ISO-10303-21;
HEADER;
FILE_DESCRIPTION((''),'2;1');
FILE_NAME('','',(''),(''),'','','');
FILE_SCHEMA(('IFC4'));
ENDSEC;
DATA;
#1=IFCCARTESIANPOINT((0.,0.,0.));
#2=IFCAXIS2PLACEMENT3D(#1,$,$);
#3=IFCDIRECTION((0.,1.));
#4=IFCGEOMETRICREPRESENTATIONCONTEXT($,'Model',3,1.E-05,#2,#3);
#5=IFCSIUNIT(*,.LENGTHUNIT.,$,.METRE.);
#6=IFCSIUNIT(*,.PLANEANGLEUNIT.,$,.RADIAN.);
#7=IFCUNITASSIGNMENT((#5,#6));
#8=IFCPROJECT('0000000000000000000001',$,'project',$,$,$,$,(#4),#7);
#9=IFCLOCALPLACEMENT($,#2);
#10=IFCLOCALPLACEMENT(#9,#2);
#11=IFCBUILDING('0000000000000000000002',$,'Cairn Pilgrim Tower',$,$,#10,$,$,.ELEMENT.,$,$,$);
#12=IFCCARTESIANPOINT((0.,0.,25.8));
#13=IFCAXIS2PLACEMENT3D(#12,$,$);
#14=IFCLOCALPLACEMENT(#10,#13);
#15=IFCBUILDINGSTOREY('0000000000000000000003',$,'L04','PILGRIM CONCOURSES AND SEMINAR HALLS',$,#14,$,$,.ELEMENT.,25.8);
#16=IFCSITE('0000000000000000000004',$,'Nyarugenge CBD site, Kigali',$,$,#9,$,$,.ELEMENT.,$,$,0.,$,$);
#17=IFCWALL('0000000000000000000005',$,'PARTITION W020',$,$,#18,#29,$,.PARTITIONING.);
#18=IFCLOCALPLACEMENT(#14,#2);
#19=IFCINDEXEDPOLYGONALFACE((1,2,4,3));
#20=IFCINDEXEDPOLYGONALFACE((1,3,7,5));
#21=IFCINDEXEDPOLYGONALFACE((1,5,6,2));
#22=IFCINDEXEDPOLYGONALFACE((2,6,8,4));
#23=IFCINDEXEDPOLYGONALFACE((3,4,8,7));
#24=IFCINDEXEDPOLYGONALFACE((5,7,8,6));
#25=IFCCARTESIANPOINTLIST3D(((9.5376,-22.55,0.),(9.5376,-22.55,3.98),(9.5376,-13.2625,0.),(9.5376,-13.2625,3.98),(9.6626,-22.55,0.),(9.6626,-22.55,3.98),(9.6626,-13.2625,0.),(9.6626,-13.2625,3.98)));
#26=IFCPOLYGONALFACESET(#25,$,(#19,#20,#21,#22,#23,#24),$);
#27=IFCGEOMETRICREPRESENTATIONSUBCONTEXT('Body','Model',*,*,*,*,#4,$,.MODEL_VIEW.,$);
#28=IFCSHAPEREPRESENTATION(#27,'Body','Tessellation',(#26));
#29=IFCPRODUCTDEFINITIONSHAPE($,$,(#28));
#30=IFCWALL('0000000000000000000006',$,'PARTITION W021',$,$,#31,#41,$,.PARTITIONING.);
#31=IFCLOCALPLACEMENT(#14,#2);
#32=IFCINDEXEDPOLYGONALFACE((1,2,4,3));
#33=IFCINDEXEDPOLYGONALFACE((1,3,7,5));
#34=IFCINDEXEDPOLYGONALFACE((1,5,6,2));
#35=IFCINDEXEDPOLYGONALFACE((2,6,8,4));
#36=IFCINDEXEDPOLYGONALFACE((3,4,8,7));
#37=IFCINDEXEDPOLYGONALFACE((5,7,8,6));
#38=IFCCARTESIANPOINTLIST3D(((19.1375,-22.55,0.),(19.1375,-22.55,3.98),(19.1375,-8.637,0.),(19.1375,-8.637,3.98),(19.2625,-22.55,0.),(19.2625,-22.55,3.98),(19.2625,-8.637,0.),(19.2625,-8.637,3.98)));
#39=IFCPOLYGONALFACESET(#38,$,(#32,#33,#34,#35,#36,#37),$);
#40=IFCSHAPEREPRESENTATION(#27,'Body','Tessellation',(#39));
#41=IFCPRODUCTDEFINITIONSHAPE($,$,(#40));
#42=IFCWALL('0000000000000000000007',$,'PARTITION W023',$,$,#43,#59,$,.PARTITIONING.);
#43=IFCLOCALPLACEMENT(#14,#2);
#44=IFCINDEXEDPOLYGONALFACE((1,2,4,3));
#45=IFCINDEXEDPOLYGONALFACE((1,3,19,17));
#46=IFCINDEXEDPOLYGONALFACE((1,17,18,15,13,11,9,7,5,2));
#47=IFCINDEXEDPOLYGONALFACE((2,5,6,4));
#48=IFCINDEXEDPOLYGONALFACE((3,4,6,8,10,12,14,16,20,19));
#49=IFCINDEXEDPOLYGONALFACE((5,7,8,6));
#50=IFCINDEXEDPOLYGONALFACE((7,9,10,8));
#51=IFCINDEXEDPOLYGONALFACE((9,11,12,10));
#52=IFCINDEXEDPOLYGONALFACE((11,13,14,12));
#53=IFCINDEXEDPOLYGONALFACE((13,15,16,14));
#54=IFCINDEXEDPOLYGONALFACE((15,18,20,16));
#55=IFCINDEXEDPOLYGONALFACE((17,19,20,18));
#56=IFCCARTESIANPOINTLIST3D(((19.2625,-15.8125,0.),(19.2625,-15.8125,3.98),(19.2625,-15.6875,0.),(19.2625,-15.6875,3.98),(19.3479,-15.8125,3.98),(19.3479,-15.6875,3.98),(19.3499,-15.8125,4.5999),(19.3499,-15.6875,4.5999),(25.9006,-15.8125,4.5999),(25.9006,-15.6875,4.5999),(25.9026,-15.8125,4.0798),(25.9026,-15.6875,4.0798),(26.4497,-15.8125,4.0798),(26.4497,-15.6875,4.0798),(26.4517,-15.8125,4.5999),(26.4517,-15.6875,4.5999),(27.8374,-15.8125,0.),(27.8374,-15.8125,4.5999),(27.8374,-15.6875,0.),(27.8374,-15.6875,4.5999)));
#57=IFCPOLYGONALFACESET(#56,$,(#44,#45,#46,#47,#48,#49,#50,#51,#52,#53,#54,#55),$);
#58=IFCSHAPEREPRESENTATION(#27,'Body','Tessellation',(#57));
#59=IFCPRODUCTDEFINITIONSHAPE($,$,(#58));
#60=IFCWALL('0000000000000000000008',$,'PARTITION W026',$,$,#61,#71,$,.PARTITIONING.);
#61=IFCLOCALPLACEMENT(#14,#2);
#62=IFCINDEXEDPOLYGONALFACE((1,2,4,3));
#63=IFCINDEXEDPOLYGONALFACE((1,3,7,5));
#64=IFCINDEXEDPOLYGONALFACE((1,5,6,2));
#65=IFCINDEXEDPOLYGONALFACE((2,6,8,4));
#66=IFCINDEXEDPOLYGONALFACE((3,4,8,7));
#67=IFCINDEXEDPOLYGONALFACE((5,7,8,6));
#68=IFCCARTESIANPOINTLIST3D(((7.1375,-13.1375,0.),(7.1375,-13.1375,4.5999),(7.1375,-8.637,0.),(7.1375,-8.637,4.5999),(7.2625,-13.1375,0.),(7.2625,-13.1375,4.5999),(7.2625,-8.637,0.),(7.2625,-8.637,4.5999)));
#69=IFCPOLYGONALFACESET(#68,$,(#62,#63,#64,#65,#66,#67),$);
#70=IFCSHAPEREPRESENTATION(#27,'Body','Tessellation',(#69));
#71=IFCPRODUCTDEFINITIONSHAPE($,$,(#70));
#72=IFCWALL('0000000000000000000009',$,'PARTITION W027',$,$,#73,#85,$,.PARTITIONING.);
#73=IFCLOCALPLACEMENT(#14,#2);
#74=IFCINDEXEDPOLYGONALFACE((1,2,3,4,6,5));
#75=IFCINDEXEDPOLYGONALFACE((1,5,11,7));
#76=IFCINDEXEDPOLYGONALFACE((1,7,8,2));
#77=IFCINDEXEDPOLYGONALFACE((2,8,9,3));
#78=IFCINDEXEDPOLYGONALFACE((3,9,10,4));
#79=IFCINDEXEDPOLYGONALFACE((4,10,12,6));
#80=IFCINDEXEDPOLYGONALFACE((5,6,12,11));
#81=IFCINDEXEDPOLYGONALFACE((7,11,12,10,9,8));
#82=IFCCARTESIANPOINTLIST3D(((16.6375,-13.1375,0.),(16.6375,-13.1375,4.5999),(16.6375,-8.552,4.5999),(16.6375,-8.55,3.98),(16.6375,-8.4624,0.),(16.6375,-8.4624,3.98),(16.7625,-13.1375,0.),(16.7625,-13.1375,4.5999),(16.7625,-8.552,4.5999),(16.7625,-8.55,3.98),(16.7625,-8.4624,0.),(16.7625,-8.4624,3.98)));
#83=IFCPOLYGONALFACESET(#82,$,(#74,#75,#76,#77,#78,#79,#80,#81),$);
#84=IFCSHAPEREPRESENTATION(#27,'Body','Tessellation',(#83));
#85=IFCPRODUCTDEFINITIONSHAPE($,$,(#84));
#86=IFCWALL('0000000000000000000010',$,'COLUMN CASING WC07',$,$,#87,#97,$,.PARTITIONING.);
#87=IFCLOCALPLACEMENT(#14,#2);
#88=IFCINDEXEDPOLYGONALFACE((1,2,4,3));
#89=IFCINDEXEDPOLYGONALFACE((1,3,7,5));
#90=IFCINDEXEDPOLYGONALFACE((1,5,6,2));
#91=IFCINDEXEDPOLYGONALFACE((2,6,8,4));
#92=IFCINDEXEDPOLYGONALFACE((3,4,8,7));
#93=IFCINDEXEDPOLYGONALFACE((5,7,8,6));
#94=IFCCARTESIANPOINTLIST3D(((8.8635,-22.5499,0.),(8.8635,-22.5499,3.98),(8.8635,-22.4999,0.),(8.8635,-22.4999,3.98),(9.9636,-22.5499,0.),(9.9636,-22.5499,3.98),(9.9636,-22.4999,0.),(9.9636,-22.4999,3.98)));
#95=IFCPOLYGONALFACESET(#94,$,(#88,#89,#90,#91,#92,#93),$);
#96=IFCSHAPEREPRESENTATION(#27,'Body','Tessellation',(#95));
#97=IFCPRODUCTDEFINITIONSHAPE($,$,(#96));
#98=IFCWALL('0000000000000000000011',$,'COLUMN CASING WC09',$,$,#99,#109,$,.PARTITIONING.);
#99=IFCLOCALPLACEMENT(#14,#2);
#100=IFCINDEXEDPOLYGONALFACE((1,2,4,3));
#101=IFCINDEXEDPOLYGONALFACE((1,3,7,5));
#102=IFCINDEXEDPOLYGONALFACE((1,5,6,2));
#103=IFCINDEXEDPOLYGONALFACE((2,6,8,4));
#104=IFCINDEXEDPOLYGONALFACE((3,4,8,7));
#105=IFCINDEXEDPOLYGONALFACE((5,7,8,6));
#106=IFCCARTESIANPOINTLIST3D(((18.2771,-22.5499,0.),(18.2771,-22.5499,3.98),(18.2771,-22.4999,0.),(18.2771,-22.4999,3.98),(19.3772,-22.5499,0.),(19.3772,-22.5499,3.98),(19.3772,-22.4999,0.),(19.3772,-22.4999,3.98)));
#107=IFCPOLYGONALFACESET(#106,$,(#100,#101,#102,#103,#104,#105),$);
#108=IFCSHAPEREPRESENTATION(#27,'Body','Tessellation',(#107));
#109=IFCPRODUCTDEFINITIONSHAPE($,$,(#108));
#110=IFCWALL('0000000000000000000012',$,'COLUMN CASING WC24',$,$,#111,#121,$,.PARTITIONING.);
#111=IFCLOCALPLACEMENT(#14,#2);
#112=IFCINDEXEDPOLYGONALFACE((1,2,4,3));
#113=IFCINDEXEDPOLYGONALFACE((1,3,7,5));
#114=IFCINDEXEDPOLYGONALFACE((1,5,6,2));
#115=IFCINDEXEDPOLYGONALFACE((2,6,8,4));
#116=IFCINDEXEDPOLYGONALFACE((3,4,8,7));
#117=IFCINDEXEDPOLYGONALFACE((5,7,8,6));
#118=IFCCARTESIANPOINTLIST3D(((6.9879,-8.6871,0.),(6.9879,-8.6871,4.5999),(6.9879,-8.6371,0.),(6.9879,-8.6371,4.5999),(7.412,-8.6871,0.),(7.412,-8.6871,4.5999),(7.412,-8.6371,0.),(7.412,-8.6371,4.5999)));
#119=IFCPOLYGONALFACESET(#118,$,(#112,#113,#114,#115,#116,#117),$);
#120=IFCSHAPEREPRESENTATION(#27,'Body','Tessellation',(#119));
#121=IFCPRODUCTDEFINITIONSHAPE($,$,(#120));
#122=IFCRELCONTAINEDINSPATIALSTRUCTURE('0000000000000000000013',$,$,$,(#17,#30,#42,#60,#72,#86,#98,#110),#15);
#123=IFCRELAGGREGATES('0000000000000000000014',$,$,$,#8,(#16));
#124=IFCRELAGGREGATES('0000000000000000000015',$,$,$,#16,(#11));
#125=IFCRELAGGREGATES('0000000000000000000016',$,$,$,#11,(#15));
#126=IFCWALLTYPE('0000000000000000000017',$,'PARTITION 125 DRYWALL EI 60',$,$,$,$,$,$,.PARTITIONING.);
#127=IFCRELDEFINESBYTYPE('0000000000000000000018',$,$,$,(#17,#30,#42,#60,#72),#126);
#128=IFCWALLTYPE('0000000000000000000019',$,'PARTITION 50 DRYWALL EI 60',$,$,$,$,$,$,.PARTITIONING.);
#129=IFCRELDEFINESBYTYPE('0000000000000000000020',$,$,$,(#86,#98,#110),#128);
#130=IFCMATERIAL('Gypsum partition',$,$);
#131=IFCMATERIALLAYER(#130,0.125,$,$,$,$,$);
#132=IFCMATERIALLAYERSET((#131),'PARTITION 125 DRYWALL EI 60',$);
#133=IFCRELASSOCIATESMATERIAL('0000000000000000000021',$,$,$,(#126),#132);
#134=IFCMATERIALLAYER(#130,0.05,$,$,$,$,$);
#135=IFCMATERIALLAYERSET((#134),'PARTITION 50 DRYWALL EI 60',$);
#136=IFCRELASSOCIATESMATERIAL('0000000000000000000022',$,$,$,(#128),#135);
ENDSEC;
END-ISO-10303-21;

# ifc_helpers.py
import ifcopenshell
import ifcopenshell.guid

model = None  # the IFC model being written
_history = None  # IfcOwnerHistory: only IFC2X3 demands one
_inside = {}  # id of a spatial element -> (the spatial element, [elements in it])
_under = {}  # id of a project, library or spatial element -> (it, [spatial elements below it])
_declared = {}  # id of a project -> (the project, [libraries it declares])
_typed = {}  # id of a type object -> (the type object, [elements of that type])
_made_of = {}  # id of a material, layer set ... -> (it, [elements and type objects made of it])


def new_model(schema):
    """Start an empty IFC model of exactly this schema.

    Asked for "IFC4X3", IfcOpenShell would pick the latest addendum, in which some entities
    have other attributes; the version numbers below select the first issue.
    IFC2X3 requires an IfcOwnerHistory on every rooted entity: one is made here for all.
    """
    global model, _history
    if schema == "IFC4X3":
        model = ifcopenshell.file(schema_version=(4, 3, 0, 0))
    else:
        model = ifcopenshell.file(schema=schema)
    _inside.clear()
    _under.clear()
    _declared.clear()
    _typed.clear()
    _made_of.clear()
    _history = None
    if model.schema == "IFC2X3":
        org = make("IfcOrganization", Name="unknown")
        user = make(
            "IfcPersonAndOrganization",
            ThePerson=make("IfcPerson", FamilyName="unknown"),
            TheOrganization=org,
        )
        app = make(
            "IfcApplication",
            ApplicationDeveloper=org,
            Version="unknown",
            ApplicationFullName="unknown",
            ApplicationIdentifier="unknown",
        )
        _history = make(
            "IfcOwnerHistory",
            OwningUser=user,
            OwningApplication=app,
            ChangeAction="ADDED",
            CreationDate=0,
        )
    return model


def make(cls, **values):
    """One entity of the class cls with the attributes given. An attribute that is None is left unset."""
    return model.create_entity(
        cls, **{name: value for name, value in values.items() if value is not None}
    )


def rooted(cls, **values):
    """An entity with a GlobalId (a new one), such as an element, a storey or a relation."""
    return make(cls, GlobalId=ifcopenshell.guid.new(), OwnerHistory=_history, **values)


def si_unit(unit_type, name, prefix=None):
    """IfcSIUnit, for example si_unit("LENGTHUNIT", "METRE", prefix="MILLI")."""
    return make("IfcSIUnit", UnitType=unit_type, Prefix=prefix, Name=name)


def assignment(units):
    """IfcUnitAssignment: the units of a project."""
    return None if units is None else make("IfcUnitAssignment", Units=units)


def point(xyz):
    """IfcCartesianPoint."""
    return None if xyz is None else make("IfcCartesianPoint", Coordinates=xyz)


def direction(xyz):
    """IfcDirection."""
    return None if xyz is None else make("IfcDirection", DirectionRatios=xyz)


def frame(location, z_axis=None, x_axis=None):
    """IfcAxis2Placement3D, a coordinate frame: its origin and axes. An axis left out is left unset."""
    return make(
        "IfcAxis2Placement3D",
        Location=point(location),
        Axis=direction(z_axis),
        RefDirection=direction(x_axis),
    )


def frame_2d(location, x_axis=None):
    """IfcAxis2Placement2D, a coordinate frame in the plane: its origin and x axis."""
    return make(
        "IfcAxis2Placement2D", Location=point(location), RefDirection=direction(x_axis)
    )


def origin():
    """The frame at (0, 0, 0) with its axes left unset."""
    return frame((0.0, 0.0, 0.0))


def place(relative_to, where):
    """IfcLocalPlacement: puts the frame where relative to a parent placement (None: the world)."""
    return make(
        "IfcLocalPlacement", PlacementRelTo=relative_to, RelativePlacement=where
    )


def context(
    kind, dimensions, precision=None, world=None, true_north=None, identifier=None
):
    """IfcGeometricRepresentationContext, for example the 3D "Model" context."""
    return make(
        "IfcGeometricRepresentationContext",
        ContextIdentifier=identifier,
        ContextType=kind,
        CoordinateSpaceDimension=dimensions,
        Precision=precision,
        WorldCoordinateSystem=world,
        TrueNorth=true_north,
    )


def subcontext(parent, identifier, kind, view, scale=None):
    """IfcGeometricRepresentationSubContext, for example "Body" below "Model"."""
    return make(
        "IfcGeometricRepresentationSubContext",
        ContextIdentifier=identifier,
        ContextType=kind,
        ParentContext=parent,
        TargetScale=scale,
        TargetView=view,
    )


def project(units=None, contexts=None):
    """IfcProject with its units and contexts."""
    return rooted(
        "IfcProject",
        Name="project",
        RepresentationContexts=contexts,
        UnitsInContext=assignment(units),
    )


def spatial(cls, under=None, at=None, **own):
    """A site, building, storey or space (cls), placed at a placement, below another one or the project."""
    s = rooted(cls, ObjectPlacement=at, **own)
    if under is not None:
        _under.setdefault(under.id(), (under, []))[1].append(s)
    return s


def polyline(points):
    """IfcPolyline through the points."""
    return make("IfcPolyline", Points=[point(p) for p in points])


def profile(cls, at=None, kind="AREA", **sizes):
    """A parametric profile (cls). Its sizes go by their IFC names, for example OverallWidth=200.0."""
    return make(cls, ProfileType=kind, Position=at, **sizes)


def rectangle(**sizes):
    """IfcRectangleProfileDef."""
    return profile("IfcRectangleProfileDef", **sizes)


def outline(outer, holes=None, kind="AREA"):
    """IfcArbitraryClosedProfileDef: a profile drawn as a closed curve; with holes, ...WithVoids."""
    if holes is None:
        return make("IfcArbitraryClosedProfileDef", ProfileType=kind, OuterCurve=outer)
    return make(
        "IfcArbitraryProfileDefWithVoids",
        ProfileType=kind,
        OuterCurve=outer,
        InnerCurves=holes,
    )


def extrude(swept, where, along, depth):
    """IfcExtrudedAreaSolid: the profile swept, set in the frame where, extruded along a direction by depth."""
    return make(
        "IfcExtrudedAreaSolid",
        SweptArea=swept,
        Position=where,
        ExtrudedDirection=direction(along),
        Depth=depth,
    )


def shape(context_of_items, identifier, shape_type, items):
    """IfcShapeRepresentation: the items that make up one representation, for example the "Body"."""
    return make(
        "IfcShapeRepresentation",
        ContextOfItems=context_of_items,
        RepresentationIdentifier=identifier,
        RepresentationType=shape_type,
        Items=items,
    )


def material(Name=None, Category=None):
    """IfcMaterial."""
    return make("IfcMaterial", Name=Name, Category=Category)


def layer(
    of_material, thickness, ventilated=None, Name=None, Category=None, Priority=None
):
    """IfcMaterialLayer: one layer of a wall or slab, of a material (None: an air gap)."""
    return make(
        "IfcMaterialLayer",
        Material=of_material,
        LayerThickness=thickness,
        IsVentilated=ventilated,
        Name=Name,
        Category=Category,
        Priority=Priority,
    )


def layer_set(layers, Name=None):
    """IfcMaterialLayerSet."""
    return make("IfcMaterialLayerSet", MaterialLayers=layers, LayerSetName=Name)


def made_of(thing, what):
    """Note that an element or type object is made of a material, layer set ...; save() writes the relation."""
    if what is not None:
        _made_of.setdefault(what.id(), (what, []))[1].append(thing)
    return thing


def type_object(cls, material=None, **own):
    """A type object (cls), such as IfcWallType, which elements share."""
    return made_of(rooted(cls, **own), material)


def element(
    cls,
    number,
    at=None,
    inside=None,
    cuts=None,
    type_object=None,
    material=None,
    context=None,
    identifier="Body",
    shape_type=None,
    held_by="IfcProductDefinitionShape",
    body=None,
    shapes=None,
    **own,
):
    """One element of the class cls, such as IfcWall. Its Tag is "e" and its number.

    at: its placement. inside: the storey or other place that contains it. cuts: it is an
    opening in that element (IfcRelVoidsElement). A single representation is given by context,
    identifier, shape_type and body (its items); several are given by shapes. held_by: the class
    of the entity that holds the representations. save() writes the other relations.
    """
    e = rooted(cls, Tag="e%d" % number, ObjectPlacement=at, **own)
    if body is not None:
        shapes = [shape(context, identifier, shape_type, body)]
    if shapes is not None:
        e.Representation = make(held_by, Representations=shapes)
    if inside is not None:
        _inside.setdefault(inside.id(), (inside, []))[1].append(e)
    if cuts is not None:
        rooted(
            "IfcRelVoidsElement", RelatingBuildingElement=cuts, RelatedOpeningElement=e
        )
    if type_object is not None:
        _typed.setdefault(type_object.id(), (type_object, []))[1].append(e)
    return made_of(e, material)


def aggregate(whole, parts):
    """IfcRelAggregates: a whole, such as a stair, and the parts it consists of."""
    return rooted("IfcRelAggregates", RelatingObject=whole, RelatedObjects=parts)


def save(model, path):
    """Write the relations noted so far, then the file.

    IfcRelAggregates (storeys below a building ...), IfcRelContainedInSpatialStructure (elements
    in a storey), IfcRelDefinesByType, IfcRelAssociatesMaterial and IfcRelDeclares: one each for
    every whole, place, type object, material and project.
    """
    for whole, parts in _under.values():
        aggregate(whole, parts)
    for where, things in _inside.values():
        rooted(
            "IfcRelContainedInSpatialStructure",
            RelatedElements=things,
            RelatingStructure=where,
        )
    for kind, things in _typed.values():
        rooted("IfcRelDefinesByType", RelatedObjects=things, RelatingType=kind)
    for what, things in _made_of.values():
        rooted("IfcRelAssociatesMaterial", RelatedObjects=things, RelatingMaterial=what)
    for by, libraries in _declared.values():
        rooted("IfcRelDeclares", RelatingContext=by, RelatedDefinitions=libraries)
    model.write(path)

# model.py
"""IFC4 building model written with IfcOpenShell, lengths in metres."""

from ifc_helpers import new_model, si_unit, direction, frame, frame_2d, origin, place, context, subcontext, project, spatial, polyline, rectangle, outline, extrude, material, layer, layer_set, type_object, element, save


model = new_model("IFC4")

# Units and contexts
model_context = context("Model", 3, precision=1e-05, world=origin(), true_north=direction((0.0, 1.0)))
body_context = subcontext(model_context, "Body", "Model", "MODEL_VIEW")
ifc_project = project(units=[si_unit("LENGTHUNIT", "METRE"), si_unit("PLANEANGLEUNIT", "RADIAN")], contexts=[model_context])

# Site, building, storey
site_placement = place(None, origin())
site = spatial("IfcSite", under=ifc_project, at=site_placement, Name="Nyarugenge CBD site, Kigali", CompositionType="ELEMENT", RefElevation=0.0)
building_placement = place(site_placement, origin())
building = spatial("IfcBuilding", under=site, at=building_placement, Name="Cairn Pilgrim Tower", CompositionType="ELEMENT")
storey_placement = place(building_placement, frame((0.0, 0.0, 25.8)))
storey = spatial("IfcBuildingStorey", under=building, at=storey_placement, Name="L04", Description="PILGRIM CONCOURSES AND SEMINAR HALLS", CompositionType="ELEMENT", Elevation=25.8)

# Shared definitions
ifc_material_1 = material(Name="Gypsum partition")
ifc_layer_1 = layer(ifc_material_1, 0.125)
ifc_layer_set_1 = layer_set([ifc_layer_1], Name="PARTITION 125 DRYWALL EI 60")
wall_type_1 = type_object("IfcWallType", Name="PARTITION 125 DRYWALL EI 60", PredefinedType="PARTITIONING", material=ifc_layer_set_1)

# Walls
wall_1_placement = place(storey_placement, frame((9.6001, -22.55, 0.0), z_axis=(0.0, 0.0, 1.0), x_axis=(0.0, 1.0, 0.0)))
element("IfcWall", 1, at=wall_1_placement, inside=storey, type_object=wall_type_1, Name="PARTITION W020", PredefinedType="PARTITIONING", context=body_context, shape_type="SweptSolid", body=[
    extrude(rectangle(XDim=9.2876, YDim=0.125, at=frame_2d((4.6438, 0.0))), origin(), (0.0, 0.0, 1.0), 3.98),
])
wall_2_placement = place(storey_placement, frame((19.2, -22.55, 0.0), z_axis=(0.0, 0.0, 1.0), x_axis=(0.0, 1.0, 0.0)))
element("IfcWall", 2, at=wall_2_placement, inside=storey, type_object=wall_type_1, Name="PARTITION W021", PredefinedType="PARTITIONING", context=body_context, shape_type="SweptSolid", body=[
    extrude(rectangle(XDim=13.9131, YDim=0.125, at=frame_2d((6.9565, 0.0))), origin(), (0.0, 0.0, 1.0), 3.98),
])
wall_3_placement = place(storey_placement, frame((19.2625, -15.75, 0.0), z_axis=(0.0, 0.0, 1.0), x_axis=(1.0, 0.0, 0.0)))
element("IfcWall", 3, at=wall_3_placement, inside=storey, type_object=wall_type_1, Name="PARTITION W023", PredefinedType="PARTITIONING", context=body_context, shape_type="SweptSolid", body=[
    extrude(outline(polyline([(0.0, 0.0), (8.575, 0.0), (8.575, 4.5999), (7.1892, 4.5999), (7.1873, 4.0798), (6.6401, 4.0798), (6.6382, 4.5999), (0.0874, 4.5999), (0.0854, 3.98), (0.0, 3.98), (0.0, 0.0)])), frame((0.0, 0.0625, 0.0), z_axis=(0.0, -1.0, 0.0), x_axis=(1.0, 0.0, 0.0)), (0.0, 0.0, 1.0), 0.125),
])
wall_4_placement = place(storey_placement, frame((7.2, -13.1375, 0.0), z_axis=(0.0, 0.0, 1.0), x_axis=(0.0, 1.0, 0.0)))
element("IfcWall", 4, at=wall_4_placement, inside=storey, type_object=wall_type_1, Name="PARTITION W026", PredefinedType="PARTITIONING", context=body_context, shape_type="SweptSolid", body=[
    extrude(rectangle(XDim=4.5005, YDim=0.125, at=frame_2d((2.2502, 0.0))), origin(), (0.0, 0.0, 1.0), 4.5999),
])
wall_5_placement = place(storey_placement, frame((16.7, -13.1375, 0.0), z_axis=(0.0, 0.0, 1.0), x_axis=(0.0, 1.0, 0.0)))
element("IfcWall", 5, at=wall_5_placement, inside=storey, type_object=wall_type_1, Name="PARTITION W027", PredefinedType="PARTITIONING", context=body_context, shape_type="SweptSolid", body=[
    extrude(outline(polyline([(0.0, 0.0), (4.675, 0.0), (4.675, 3.98), (4.5874, 3.98), (4.5854, 4.5999), (0.0, 4.5999), (0.0, 0.0)])), frame((0.0, 0.0625, 0.0), z_axis=(0.0, -1.0, 0.0), x_axis=(1.0, 0.0, 0.0)), (0.0, 0.0, 1.0), 0.125),
])
ifc_layer_2 = layer(ifc_material_1, 0.05)
ifc_layer_set_2 = layer_set([ifc_layer_2], Name="PARTITION 50 DRYWALL EI 60")
wall_type_2 = type_object("IfcWallType", Name="PARTITION 50 DRYWALL EI 60", PredefinedType="PARTITIONING", material=ifc_layer_set_2)
for number, where, z_axis, x_axis, name in (
    (6, (8.8635, -22.5249, 0.0), (0.0, 0.0, 1.0), (1.0, 0.0, 0.0), "COLUMN CASING WC07"),
    (7, (18.2771, -22.5249, 0.0), (0.0, 0.0, 1.0), (1.0, 0.0, 0.0), "COLUMN CASING WC09"),
):
    element("IfcWall", number, at=place(storey_placement, frame(where, z_axis=z_axis, x_axis=x_axis)), inside=storey, type_object=wall_type_2, Name=name, PredefinedType="PARTITIONING", context=body_context, shape_type="SweptSolid", body=[
        extrude(rectangle(XDim=1.1001, YDim=0.05, at=frame_2d((0.55, 0.0))), origin(), (0.0, 0.0, 1.0), 3.98),
    ])
wall_6_placement = place(storey_placement, frame((6.988, -8.6621, 0.0), z_axis=(0.0, 0.0, 1.0), x_axis=(1.0, 0.0, 0.0)))
element("IfcWall", 8, at=wall_6_placement, inside=storey, type_object=wall_type_2, Name="COLUMN CASING WC24", PredefinedType="PARTITIONING", context=body_context, shape_type="SweptSolid", body=[
    extrude(rectangle(XDim=0.4241, YDim=0.05, at=frame_2d((0.2119, 0.0))), origin(), (0.0, 0.0, 1.0), 4.5999),
])

save(model, "model.ifc")
